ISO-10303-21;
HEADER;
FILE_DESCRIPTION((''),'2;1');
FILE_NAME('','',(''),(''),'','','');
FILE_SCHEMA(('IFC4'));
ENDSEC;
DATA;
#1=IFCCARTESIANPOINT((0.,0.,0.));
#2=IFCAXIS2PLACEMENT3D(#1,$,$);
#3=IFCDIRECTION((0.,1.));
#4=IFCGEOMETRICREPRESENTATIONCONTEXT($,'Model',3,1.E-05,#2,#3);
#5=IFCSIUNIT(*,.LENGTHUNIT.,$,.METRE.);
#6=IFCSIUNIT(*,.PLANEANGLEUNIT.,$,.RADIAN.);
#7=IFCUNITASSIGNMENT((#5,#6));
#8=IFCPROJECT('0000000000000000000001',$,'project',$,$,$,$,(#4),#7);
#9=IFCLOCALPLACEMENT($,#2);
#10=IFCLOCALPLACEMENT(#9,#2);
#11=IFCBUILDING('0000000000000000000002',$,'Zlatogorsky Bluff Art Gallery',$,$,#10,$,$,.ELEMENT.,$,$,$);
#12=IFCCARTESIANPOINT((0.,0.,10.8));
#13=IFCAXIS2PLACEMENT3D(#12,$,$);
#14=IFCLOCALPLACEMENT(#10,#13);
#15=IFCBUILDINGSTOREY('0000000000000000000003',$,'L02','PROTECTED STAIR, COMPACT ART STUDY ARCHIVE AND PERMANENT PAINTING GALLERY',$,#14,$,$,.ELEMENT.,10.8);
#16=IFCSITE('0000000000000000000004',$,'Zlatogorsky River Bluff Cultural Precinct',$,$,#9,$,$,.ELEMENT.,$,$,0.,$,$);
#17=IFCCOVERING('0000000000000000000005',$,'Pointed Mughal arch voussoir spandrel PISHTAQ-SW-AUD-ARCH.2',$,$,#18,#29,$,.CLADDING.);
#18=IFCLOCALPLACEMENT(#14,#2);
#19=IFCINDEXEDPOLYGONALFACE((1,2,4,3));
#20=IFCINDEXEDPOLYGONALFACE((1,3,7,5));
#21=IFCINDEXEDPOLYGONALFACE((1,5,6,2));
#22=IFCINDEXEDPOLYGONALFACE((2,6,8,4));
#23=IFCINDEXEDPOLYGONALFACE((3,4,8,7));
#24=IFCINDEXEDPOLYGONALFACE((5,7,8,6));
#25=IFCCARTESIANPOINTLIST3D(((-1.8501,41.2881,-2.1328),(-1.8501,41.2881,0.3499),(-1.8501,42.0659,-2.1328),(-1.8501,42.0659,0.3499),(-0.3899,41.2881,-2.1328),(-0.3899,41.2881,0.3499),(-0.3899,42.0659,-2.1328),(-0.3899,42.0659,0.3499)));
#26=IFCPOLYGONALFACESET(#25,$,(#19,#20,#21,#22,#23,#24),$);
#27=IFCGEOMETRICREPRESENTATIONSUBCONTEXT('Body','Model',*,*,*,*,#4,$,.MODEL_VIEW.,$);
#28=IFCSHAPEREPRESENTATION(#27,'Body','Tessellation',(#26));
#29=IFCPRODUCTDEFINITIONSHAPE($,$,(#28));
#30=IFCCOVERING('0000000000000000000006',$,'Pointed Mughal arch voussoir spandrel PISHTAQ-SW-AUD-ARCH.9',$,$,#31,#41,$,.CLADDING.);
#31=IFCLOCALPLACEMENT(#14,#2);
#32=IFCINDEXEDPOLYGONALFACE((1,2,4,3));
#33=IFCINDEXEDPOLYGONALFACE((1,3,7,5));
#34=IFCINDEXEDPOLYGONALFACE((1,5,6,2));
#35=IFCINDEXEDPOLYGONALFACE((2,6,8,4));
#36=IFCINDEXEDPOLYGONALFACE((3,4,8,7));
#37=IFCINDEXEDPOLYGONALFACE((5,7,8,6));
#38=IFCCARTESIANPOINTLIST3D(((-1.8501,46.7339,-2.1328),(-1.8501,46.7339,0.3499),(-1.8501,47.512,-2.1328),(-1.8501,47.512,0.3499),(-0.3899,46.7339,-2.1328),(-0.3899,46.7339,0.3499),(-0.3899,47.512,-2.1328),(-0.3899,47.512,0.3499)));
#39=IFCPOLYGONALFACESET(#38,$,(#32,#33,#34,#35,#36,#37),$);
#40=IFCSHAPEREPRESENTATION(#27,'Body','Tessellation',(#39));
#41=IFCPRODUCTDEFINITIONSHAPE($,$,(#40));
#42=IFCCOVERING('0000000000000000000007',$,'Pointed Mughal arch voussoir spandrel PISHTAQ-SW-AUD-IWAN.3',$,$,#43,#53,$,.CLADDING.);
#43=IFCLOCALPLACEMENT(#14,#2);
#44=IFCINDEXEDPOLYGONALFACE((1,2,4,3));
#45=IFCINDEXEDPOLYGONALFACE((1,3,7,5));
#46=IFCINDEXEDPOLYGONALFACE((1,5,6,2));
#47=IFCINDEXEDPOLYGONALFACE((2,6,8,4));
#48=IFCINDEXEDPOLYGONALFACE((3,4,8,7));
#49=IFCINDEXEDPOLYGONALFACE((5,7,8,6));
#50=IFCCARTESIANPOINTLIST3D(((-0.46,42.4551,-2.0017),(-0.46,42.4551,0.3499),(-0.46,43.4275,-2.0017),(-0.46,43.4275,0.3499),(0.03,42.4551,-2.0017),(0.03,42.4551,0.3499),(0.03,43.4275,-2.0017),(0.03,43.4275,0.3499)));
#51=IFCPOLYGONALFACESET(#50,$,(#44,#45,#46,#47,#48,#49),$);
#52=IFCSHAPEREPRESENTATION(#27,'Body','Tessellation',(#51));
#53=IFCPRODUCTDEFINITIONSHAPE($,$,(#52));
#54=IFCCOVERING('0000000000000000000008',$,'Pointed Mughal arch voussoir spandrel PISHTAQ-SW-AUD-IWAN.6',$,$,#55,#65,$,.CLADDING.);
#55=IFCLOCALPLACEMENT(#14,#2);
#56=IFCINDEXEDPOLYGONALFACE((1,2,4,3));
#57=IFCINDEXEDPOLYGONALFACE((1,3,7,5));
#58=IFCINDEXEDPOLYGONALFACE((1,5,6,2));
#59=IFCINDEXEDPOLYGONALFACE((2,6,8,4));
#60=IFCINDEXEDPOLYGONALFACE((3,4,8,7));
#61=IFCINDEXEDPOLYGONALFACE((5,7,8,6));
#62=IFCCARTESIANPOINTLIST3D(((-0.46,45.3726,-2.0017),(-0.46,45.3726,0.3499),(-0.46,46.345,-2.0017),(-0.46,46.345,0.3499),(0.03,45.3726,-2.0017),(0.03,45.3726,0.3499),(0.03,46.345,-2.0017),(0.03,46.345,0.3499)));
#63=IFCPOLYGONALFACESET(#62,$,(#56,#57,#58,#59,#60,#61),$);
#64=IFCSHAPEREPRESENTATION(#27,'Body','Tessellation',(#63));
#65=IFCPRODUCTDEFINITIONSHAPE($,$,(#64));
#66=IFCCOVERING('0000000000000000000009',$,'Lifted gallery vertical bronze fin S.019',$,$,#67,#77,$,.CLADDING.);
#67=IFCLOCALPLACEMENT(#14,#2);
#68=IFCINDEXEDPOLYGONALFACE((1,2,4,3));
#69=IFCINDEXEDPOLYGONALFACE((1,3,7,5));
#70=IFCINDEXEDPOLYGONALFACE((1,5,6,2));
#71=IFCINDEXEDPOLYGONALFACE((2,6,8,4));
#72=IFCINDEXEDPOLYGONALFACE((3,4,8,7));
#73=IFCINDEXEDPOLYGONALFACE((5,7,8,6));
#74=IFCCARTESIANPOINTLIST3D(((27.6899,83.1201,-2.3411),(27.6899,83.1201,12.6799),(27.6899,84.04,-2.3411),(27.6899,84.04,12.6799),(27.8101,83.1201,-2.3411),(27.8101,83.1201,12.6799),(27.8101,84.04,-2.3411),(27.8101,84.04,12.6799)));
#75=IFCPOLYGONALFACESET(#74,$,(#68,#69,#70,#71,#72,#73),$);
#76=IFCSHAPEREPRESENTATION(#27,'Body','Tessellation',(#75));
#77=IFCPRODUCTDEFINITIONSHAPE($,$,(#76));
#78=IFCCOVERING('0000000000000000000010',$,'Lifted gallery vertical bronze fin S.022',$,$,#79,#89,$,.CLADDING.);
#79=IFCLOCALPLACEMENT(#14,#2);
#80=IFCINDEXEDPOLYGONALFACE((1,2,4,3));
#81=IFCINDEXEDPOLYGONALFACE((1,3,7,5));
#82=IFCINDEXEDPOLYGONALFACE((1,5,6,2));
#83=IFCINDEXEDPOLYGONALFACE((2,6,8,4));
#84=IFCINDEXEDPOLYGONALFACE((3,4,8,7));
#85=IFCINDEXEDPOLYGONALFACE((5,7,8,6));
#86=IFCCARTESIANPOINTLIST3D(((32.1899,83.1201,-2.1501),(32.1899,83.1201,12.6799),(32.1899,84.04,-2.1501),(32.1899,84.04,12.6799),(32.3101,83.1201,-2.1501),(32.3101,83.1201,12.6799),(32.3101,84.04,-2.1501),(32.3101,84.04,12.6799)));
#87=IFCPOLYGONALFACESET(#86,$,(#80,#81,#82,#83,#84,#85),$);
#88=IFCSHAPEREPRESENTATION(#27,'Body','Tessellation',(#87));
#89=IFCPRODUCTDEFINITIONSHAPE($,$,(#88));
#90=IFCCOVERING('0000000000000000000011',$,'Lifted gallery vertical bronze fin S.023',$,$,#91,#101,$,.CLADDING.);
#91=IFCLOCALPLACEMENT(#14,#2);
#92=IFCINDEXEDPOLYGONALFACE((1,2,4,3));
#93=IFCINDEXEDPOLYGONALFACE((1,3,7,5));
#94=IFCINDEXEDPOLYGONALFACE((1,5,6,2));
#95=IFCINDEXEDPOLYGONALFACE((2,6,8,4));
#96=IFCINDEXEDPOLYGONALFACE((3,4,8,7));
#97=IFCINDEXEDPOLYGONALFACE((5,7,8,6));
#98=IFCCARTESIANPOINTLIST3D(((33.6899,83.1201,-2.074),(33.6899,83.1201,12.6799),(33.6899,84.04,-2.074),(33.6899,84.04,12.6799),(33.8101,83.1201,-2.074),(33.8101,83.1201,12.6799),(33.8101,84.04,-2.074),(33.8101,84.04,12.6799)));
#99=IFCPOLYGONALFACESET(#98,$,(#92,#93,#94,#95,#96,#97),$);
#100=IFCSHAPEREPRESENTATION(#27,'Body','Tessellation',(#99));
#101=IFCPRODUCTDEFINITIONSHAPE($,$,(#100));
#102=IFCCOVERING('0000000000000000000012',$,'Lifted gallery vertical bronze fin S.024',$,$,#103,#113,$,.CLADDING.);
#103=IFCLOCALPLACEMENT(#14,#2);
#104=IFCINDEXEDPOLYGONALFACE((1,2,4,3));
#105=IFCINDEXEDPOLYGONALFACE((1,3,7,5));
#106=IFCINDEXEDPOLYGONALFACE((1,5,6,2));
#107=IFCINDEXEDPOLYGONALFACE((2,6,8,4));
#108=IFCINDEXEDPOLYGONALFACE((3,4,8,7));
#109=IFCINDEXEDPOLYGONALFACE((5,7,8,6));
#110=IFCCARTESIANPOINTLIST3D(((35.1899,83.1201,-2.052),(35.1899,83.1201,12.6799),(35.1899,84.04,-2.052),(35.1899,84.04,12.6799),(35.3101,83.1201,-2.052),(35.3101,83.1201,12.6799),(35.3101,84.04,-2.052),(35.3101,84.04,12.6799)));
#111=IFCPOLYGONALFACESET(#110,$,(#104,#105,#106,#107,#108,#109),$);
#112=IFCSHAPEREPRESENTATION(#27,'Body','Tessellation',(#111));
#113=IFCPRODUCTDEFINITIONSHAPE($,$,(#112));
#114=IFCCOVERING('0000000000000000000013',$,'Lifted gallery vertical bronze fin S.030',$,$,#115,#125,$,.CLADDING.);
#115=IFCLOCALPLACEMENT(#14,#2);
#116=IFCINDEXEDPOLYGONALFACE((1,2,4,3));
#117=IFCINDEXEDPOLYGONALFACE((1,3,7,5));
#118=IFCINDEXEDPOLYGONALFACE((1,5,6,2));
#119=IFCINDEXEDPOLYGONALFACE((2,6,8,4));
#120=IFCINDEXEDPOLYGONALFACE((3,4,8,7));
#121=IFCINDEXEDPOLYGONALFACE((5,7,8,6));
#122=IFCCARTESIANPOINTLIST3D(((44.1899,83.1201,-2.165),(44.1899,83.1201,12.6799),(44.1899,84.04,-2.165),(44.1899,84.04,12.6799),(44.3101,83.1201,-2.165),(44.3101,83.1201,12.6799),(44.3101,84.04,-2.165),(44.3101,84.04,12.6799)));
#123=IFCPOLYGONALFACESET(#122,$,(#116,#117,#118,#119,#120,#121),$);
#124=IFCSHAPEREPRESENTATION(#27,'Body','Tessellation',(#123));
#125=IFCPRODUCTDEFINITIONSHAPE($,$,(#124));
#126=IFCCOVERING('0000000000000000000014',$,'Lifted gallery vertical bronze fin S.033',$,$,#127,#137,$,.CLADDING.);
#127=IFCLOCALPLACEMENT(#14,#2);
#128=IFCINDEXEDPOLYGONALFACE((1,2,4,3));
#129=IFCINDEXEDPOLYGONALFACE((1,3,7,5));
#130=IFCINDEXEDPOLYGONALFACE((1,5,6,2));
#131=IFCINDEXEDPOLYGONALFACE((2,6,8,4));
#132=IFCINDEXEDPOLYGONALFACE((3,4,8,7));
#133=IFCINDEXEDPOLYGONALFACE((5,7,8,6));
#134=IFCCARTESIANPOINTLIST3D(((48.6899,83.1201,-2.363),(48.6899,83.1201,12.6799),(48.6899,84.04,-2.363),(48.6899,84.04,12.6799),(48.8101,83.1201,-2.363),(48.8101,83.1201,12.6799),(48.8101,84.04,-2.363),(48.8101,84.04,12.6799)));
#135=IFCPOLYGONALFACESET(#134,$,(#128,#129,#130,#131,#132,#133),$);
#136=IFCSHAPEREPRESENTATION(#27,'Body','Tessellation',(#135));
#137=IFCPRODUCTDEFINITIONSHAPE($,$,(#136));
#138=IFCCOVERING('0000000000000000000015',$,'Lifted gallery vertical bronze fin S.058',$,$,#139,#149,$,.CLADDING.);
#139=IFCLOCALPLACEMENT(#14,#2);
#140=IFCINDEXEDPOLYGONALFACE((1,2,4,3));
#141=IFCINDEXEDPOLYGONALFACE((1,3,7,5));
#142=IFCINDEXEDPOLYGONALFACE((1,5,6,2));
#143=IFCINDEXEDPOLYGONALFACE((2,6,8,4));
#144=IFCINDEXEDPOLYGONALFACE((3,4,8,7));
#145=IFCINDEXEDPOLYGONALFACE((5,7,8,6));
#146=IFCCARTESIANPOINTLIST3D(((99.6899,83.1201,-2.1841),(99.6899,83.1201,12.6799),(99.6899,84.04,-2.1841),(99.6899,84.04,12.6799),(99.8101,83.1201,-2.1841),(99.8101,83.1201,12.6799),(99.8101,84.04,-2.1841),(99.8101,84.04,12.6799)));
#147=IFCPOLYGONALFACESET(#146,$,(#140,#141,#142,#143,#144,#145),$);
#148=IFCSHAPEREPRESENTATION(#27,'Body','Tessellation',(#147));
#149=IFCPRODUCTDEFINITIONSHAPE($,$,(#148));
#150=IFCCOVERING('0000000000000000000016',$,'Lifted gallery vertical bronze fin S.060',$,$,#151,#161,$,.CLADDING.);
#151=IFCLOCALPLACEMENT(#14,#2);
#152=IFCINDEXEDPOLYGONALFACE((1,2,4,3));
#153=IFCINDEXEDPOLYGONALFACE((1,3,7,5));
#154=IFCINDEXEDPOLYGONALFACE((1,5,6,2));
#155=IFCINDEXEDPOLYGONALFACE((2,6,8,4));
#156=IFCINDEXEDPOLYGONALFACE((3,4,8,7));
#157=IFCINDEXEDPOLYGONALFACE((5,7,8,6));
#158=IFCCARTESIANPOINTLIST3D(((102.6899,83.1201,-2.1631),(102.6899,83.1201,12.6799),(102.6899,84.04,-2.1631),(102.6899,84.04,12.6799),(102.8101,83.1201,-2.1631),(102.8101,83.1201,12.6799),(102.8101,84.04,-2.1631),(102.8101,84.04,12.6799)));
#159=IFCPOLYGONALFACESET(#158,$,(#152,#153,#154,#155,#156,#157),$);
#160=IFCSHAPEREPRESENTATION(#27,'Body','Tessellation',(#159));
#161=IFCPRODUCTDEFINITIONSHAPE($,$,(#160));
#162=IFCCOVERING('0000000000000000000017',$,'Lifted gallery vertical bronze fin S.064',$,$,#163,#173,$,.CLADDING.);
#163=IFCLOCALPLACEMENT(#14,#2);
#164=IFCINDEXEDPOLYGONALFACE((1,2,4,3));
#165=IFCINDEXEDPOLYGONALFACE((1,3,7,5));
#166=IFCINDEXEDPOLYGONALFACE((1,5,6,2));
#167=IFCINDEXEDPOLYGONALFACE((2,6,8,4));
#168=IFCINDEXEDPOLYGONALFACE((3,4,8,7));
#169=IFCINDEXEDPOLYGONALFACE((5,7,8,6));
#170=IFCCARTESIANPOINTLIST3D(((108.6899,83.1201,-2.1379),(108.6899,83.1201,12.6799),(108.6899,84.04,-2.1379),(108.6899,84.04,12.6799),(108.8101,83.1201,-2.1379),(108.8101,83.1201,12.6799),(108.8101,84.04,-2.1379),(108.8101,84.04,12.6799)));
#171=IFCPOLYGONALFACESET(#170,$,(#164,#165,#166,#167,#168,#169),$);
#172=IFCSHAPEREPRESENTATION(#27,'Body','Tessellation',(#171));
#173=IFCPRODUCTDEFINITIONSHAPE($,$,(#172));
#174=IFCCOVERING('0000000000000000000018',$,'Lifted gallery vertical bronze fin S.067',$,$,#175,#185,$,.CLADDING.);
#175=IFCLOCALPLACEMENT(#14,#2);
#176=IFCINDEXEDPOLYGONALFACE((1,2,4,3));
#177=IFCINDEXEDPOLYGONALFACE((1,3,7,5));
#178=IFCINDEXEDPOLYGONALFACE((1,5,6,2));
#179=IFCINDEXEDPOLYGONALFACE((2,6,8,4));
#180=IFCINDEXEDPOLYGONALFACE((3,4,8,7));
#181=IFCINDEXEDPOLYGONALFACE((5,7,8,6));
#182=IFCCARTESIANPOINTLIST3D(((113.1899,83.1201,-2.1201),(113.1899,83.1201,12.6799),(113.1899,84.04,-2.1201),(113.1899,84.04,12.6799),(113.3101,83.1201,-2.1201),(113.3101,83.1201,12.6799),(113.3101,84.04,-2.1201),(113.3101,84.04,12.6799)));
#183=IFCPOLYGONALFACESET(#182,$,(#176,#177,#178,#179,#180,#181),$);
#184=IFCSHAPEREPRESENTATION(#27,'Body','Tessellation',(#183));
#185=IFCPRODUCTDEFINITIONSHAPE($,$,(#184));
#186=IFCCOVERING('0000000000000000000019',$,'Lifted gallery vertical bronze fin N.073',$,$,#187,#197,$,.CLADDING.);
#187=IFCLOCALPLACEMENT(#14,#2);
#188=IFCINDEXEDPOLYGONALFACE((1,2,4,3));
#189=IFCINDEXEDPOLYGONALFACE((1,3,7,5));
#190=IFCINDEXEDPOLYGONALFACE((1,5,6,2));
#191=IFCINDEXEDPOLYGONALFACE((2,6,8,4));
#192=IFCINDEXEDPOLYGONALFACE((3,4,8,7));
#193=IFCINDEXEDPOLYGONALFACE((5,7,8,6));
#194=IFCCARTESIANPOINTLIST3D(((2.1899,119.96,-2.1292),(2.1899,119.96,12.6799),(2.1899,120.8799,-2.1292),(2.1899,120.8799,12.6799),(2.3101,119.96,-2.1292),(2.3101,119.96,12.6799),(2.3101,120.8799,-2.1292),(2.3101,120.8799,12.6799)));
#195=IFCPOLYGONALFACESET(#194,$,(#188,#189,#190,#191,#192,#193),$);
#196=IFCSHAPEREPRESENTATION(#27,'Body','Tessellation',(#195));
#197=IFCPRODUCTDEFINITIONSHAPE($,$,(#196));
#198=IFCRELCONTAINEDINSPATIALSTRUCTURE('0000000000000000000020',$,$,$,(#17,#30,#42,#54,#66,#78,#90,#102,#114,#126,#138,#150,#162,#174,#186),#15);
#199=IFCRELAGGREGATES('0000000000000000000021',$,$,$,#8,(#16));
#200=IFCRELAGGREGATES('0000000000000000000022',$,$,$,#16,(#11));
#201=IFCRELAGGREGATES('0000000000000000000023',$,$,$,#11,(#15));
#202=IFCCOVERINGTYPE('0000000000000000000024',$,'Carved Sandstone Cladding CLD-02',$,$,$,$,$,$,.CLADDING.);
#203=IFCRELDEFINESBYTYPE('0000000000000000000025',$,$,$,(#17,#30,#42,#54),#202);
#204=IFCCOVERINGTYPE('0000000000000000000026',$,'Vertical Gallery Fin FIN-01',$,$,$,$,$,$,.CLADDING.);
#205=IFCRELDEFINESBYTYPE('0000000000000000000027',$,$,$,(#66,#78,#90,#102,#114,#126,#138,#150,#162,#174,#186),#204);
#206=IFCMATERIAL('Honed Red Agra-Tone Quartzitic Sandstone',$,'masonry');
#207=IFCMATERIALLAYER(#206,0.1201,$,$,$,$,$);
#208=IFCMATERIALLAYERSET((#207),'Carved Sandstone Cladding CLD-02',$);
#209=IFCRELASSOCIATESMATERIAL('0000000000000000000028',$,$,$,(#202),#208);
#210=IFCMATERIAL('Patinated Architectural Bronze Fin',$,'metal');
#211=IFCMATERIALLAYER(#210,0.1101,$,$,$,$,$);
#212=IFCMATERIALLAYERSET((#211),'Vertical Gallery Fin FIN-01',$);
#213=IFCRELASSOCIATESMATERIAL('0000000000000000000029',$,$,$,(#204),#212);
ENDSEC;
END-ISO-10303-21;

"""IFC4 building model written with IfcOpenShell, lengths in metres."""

from ifc_helpers import new_model, si_unit, direction, frame, origin, place, context, subcontext, project, spatial, polyline, outline, extrude, material, layer, layer_set, type_object, element, save


model = new_model("IFC4")

# Units and contexts
model_context = context("Model", 3, precision=1e-05, world=origin(), true_north=direction((0.0, 1.0)))
body_context = subcontext(model_context, "Body", "Model", "MODEL_VIEW")
ifc_project = project(units=[si_unit("LENGTHUNIT", "METRE"), si_unit("PLANEANGLEUNIT", "RADIAN")], contexts=[model_context])

# Site, building, storey
site_placement = place(None, origin())
site = spatial("IfcSite", under=ifc_project, at=site_placement, Name="Zlatogorsky River Bluff Cultural Precinct", CompositionType="ELEMENT", RefElevation=0.0)
building_placement = place(site_placement, origin())
building = spatial("IfcBuilding", under=site, at=building_placement, Name="Zlatogorsky Bluff Art Gallery", CompositionType="ELEMENT")
storey_placement = place(building_placement, frame((0.0, 0.0, 10.8)))
storey = spatial("IfcBuildingStorey", under=building, at=storey_placement, Name="L02", Description="PROTECTED STAIR, COMPACT ART STUDY ARCHIVE AND PERMANENT PAINTING GALLERY", CompositionType="ELEMENT", Elevation=10.8)

# Coverings
ifc_material_1 = material(Name="Honed Red Agra-Tone Quartzitic Sandstone", Category="masonry")
ifc_layer_1 = layer(ifc_material_1, 0.1201)
ifc_layer_set_1 = layer_set([ifc_layer_1], Name="Carved Sandstone Cladding CLD-02")
covering_type_1 = type_object("IfcCoveringType", Name="Carved Sandstone Cladding CLD-02", PredefinedType="CLADDING", material=ifc_layer_set_1)
covering_1_placement = place(storey_placement, frame((0.0, 0.0, -2.1328)))
element("IfcCovering", 1, at=covering_1_placement, inside=storey, type_object=covering_type_1, Name="Pointed Mughal arch voussoir spandrel PISHTAQ-SW-AUD-ARCH.2", PredefinedType="CLADDING", context=body_context, shape_type="SweptSolid", body=[
    extrude(outline(polyline([(-1.8501, 41.2881), (-1.8501, 42.0659), (-0.3899, 42.0659), (-0.3899, 41.2881), (-1.8501, 41.2881)])), origin(), (0.0, 0.0, 1.0), 2.4827),
])
covering_2_placement = place(storey_placement, frame((0.0, 0.0, -2.1328)))
element("IfcCovering", 2, at=covering_2_placement, inside=storey, type_object=covering_type_1, Name="Pointed Mughal arch voussoir spandrel PISHTAQ-SW-AUD-ARCH.9", PredefinedType="CLADDING", context=body_context, shape_type="SweptSolid", body=[
    extrude(outline(polyline([(-1.8501, 46.7339), (-1.8501, 47.512), (-0.3899, 47.512), (-0.3899, 46.7339), (-1.8501, 46.7339)])), origin(), (0.0, 0.0, 1.0), 2.4827),
])
covering_3_placement = place(storey_placement, frame((0.0, 0.0, -2.0017)))
element("IfcCovering", 3, at=covering_3_placement, inside=storey, type_object=covering_type_1, Name="Pointed Mughal arch voussoir spandrel PISHTAQ-SW-AUD-IWAN.3", PredefinedType="CLADDING", context=body_context, shape_type="SweptSolid", body=[
    extrude(outline(polyline([(-0.46, 42.4551), (-0.46, 43.4275), (0.03, 43.4275), (0.03, 42.4551), (-0.46, 42.4551)])), origin(), (0.0, 0.0, 1.0), 2.3516),
])
covering_4_placement = place(storey_placement, frame((0.0, 0.0, -2.0017)))
element("IfcCovering", 4, at=covering_4_placement, inside=storey, type_object=covering_type_1, Name="Pointed Mughal arch voussoir spandrel PISHTAQ-SW-AUD-IWAN.6", PredefinedType="CLADDING", context=body_context, shape_type="SweptSolid", body=[
    extrude(outline(polyline([(-0.46, 45.3726), (-0.46, 46.345), (0.03, 46.345), (0.03, 45.3726), (-0.46, 45.3726)])), origin(), (0.0, 0.0, 1.0), 2.3516),
])
ifc_material_2 = material(Name="Patinated Architectural Bronze Fin", Category="metal")
ifc_layer_2 = layer(ifc_material_2, 0.1101)
ifc_layer_set_2 = layer_set([ifc_layer_2], Name="Vertical Gallery Fin FIN-01")
covering_type_2 = type_object("IfcCoveringType", Name="Vertical Gallery Fin FIN-01", PredefinedType="CLADDING", material=ifc_layer_set_2)
covering_5_placement = place(storey_placement, frame((0.0, 0.0, -2.3411)))
element("IfcCovering", 5, at=covering_5_placement, inside=storey, type_object=covering_type_2, Name="Lifted gallery vertical bronze fin S.019", PredefinedType="CLADDING", context=body_context, shape_type="SweptSolid", body=[
    extrude(outline(polyline([(27.6899, 83.1201), (27.8101, 83.1201), (27.8101, 84.04), (27.6899, 84.04), (27.6899, 83.1201)])), origin(), (0.0, 0.0, 1.0), 15.021),
])
covering_6_placement = place(storey_placement, frame((0.0, 0.0, -2.1501)))
element("IfcCovering", 6, at=covering_6_placement, inside=storey, type_object=covering_type_2, Name="Lifted gallery vertical bronze fin S.022", PredefinedType="CLADDING", context=body_context, shape_type="SweptSolid", body=[
    extrude(outline(polyline([(32.1899, 83.1201), (32.3101, 83.1201), (32.3101, 84.04), (32.1899, 84.04), (32.1899, 83.1201)])), origin(), (0.0, 0.0, 1.0), 14.8301),
])
covering_7_placement = place(storey_placement, frame((0.0, 0.0, -2.074)))
element("IfcCovering", 7, at=covering_7_placement, inside=storey, type_object=covering_type_2, Name="Lifted gallery vertical bronze fin S.023", PredefinedType="CLADDING", context=body_context, shape_type="SweptSolid", body=[
    extrude(outline(polyline([(33.6899, 83.1201), (33.8101, 83.1201), (33.8101, 84.04), (33.6899, 84.04), (33.6899, 83.1201)])), origin(), (0.0, 0.0, 1.0), 14.7539),
])
covering_8_placement = place(storey_placement, frame((0.0, 0.0, -2.052)))
element("IfcCovering", 8, at=covering_8_placement, inside=storey, type_object=covering_type_2, Name="Lifted gallery vertical bronze fin S.024", PredefinedType="CLADDING", context=body_context, shape_type="SweptSolid", body=[
    extrude(outline(polyline([(35.1899, 83.1201), (35.3101, 83.1201), (35.3101, 84.04), (35.1899, 84.04), (35.1899, 83.1201)])), origin(), (0.0, 0.0, 1.0), 14.7319),
])
covering_9_placement = place(storey_placement, frame((0.0, 0.0, -2.165)))
element("IfcCovering", 9, at=covering_9_placement, inside=storey, type_object=covering_type_2, Name="Lifted gallery vertical bronze fin S.030", PredefinedType="CLADDING", context=body_context, shape_type="SweptSolid", body=[
    extrude(outline(polyline([(44.1899, 83.1201), (44.3101, 83.1201), (44.3101, 84.04), (44.1899, 84.04), (44.1899, 83.1201)])), origin(), (0.0, 0.0, 1.0), 14.845),
])
covering_10_placement = place(storey_placement, frame((0.0, 0.0, -2.363)))
element("IfcCovering", 10, at=covering_10_placement, inside=storey, type_object=covering_type_2, Name="Lifted gallery vertical bronze fin S.033", PredefinedType="CLADDING", context=body_context, shape_type="SweptSolid", body=[
    extrude(outline(polyline([(48.6899, 83.1201), (48.8101, 83.1201), (48.8101, 84.04), (48.6899, 84.04), (48.6899, 83.1201)])), origin(), (0.0, 0.0, 1.0), 15.043),
])
covering_11_placement = place(storey_placement, frame((0.0, 0.0, -2.1841)))
element("IfcCovering", 11, at=covering_11_placement, inside=storey, type_object=covering_type_2, Name="Lifted gallery vertical bronze fin S.058", PredefinedType="CLADDING", context=body_context, shape_type="SweptSolid", body=[
    extrude(outline(polyline([(99.6899, 83.1201), (99.8101, 83.1201), (99.8101, 84.04), (99.6899, 84.04), (99.6899, 83.1201)])), origin(), (0.0, 0.0, 1.0), 14.864),
])
covering_12_placement = place(storey_placement, frame((0.0, 0.0, -2.1631)))
element("IfcCovering", 12, at=covering_12_placement, inside=storey, type_object=covering_type_2, Name="Lifted gallery vertical bronze fin S.060", PredefinedType="CLADDING", context=body_context, shape_type="SweptSolid", body=[
    extrude(outline(polyline([(102.6899, 83.1201), (102.8101, 83.1201), (102.8101, 84.04), (102.6899, 84.04), (102.6899, 83.1201)])), origin(), (0.0, 0.0, 1.0), 14.843),
])
covering_13_placement = place(storey_placement, frame((0.0, 0.0, -2.1379)))
element("IfcCovering", 13, at=covering_13_placement, inside=storey, type_object=covering_type_2, Name="Lifted gallery vertical bronze fin S.064", PredefinedType="CLADDING", context=body_context, shape_type="SweptSolid", body=[
    extrude(outline(polyline([(108.6899, 83.1201), (108.8101, 83.1201), (108.8101, 84.04), (108.6899, 84.04), (108.6899, 83.1201)])), origin(), (0.0, 0.0, 1.0), 14.8179),
])
covering_14_placement = place(storey_placement, frame((0.0, 0.0, -2.1201)))
element("IfcCovering", 14, at=covering_14_placement, inside=storey, type_object=covering_type_2, Name="Lifted gallery vertical bronze fin S.067", PredefinedType="CLADDING", context=body_context, shape_type="SweptSolid", body=[
    extrude(outline(polyline([(113.1899, 83.1201), (113.3101, 83.1201), (113.3101, 84.04), (113.1899, 84.04), (113.1899, 83.1201)])), origin(), (0.0, 0.0, 1.0), 14.8),
])
covering_15_placement = place(storey_placement, frame((0.0, 0.0, -2.1292)))
element("IfcCovering", 15, at=covering_15_placement, inside=storey, type_object=covering_type_2, Name="Lifted gallery vertical bronze fin N.073", PredefinedType="CLADDING", context=body_context, shape_type="SweptSolid", body=[
    extrude(outline(polyline([(2.1899, 119.96), (2.3101, 119.96), (2.3101, 120.8799), (2.1899, 120.8799), (2.1899, 119.96)])), origin(), (0.0, 0.0, 1.0), 14.8091),
])

save(model, "model.ifc")
